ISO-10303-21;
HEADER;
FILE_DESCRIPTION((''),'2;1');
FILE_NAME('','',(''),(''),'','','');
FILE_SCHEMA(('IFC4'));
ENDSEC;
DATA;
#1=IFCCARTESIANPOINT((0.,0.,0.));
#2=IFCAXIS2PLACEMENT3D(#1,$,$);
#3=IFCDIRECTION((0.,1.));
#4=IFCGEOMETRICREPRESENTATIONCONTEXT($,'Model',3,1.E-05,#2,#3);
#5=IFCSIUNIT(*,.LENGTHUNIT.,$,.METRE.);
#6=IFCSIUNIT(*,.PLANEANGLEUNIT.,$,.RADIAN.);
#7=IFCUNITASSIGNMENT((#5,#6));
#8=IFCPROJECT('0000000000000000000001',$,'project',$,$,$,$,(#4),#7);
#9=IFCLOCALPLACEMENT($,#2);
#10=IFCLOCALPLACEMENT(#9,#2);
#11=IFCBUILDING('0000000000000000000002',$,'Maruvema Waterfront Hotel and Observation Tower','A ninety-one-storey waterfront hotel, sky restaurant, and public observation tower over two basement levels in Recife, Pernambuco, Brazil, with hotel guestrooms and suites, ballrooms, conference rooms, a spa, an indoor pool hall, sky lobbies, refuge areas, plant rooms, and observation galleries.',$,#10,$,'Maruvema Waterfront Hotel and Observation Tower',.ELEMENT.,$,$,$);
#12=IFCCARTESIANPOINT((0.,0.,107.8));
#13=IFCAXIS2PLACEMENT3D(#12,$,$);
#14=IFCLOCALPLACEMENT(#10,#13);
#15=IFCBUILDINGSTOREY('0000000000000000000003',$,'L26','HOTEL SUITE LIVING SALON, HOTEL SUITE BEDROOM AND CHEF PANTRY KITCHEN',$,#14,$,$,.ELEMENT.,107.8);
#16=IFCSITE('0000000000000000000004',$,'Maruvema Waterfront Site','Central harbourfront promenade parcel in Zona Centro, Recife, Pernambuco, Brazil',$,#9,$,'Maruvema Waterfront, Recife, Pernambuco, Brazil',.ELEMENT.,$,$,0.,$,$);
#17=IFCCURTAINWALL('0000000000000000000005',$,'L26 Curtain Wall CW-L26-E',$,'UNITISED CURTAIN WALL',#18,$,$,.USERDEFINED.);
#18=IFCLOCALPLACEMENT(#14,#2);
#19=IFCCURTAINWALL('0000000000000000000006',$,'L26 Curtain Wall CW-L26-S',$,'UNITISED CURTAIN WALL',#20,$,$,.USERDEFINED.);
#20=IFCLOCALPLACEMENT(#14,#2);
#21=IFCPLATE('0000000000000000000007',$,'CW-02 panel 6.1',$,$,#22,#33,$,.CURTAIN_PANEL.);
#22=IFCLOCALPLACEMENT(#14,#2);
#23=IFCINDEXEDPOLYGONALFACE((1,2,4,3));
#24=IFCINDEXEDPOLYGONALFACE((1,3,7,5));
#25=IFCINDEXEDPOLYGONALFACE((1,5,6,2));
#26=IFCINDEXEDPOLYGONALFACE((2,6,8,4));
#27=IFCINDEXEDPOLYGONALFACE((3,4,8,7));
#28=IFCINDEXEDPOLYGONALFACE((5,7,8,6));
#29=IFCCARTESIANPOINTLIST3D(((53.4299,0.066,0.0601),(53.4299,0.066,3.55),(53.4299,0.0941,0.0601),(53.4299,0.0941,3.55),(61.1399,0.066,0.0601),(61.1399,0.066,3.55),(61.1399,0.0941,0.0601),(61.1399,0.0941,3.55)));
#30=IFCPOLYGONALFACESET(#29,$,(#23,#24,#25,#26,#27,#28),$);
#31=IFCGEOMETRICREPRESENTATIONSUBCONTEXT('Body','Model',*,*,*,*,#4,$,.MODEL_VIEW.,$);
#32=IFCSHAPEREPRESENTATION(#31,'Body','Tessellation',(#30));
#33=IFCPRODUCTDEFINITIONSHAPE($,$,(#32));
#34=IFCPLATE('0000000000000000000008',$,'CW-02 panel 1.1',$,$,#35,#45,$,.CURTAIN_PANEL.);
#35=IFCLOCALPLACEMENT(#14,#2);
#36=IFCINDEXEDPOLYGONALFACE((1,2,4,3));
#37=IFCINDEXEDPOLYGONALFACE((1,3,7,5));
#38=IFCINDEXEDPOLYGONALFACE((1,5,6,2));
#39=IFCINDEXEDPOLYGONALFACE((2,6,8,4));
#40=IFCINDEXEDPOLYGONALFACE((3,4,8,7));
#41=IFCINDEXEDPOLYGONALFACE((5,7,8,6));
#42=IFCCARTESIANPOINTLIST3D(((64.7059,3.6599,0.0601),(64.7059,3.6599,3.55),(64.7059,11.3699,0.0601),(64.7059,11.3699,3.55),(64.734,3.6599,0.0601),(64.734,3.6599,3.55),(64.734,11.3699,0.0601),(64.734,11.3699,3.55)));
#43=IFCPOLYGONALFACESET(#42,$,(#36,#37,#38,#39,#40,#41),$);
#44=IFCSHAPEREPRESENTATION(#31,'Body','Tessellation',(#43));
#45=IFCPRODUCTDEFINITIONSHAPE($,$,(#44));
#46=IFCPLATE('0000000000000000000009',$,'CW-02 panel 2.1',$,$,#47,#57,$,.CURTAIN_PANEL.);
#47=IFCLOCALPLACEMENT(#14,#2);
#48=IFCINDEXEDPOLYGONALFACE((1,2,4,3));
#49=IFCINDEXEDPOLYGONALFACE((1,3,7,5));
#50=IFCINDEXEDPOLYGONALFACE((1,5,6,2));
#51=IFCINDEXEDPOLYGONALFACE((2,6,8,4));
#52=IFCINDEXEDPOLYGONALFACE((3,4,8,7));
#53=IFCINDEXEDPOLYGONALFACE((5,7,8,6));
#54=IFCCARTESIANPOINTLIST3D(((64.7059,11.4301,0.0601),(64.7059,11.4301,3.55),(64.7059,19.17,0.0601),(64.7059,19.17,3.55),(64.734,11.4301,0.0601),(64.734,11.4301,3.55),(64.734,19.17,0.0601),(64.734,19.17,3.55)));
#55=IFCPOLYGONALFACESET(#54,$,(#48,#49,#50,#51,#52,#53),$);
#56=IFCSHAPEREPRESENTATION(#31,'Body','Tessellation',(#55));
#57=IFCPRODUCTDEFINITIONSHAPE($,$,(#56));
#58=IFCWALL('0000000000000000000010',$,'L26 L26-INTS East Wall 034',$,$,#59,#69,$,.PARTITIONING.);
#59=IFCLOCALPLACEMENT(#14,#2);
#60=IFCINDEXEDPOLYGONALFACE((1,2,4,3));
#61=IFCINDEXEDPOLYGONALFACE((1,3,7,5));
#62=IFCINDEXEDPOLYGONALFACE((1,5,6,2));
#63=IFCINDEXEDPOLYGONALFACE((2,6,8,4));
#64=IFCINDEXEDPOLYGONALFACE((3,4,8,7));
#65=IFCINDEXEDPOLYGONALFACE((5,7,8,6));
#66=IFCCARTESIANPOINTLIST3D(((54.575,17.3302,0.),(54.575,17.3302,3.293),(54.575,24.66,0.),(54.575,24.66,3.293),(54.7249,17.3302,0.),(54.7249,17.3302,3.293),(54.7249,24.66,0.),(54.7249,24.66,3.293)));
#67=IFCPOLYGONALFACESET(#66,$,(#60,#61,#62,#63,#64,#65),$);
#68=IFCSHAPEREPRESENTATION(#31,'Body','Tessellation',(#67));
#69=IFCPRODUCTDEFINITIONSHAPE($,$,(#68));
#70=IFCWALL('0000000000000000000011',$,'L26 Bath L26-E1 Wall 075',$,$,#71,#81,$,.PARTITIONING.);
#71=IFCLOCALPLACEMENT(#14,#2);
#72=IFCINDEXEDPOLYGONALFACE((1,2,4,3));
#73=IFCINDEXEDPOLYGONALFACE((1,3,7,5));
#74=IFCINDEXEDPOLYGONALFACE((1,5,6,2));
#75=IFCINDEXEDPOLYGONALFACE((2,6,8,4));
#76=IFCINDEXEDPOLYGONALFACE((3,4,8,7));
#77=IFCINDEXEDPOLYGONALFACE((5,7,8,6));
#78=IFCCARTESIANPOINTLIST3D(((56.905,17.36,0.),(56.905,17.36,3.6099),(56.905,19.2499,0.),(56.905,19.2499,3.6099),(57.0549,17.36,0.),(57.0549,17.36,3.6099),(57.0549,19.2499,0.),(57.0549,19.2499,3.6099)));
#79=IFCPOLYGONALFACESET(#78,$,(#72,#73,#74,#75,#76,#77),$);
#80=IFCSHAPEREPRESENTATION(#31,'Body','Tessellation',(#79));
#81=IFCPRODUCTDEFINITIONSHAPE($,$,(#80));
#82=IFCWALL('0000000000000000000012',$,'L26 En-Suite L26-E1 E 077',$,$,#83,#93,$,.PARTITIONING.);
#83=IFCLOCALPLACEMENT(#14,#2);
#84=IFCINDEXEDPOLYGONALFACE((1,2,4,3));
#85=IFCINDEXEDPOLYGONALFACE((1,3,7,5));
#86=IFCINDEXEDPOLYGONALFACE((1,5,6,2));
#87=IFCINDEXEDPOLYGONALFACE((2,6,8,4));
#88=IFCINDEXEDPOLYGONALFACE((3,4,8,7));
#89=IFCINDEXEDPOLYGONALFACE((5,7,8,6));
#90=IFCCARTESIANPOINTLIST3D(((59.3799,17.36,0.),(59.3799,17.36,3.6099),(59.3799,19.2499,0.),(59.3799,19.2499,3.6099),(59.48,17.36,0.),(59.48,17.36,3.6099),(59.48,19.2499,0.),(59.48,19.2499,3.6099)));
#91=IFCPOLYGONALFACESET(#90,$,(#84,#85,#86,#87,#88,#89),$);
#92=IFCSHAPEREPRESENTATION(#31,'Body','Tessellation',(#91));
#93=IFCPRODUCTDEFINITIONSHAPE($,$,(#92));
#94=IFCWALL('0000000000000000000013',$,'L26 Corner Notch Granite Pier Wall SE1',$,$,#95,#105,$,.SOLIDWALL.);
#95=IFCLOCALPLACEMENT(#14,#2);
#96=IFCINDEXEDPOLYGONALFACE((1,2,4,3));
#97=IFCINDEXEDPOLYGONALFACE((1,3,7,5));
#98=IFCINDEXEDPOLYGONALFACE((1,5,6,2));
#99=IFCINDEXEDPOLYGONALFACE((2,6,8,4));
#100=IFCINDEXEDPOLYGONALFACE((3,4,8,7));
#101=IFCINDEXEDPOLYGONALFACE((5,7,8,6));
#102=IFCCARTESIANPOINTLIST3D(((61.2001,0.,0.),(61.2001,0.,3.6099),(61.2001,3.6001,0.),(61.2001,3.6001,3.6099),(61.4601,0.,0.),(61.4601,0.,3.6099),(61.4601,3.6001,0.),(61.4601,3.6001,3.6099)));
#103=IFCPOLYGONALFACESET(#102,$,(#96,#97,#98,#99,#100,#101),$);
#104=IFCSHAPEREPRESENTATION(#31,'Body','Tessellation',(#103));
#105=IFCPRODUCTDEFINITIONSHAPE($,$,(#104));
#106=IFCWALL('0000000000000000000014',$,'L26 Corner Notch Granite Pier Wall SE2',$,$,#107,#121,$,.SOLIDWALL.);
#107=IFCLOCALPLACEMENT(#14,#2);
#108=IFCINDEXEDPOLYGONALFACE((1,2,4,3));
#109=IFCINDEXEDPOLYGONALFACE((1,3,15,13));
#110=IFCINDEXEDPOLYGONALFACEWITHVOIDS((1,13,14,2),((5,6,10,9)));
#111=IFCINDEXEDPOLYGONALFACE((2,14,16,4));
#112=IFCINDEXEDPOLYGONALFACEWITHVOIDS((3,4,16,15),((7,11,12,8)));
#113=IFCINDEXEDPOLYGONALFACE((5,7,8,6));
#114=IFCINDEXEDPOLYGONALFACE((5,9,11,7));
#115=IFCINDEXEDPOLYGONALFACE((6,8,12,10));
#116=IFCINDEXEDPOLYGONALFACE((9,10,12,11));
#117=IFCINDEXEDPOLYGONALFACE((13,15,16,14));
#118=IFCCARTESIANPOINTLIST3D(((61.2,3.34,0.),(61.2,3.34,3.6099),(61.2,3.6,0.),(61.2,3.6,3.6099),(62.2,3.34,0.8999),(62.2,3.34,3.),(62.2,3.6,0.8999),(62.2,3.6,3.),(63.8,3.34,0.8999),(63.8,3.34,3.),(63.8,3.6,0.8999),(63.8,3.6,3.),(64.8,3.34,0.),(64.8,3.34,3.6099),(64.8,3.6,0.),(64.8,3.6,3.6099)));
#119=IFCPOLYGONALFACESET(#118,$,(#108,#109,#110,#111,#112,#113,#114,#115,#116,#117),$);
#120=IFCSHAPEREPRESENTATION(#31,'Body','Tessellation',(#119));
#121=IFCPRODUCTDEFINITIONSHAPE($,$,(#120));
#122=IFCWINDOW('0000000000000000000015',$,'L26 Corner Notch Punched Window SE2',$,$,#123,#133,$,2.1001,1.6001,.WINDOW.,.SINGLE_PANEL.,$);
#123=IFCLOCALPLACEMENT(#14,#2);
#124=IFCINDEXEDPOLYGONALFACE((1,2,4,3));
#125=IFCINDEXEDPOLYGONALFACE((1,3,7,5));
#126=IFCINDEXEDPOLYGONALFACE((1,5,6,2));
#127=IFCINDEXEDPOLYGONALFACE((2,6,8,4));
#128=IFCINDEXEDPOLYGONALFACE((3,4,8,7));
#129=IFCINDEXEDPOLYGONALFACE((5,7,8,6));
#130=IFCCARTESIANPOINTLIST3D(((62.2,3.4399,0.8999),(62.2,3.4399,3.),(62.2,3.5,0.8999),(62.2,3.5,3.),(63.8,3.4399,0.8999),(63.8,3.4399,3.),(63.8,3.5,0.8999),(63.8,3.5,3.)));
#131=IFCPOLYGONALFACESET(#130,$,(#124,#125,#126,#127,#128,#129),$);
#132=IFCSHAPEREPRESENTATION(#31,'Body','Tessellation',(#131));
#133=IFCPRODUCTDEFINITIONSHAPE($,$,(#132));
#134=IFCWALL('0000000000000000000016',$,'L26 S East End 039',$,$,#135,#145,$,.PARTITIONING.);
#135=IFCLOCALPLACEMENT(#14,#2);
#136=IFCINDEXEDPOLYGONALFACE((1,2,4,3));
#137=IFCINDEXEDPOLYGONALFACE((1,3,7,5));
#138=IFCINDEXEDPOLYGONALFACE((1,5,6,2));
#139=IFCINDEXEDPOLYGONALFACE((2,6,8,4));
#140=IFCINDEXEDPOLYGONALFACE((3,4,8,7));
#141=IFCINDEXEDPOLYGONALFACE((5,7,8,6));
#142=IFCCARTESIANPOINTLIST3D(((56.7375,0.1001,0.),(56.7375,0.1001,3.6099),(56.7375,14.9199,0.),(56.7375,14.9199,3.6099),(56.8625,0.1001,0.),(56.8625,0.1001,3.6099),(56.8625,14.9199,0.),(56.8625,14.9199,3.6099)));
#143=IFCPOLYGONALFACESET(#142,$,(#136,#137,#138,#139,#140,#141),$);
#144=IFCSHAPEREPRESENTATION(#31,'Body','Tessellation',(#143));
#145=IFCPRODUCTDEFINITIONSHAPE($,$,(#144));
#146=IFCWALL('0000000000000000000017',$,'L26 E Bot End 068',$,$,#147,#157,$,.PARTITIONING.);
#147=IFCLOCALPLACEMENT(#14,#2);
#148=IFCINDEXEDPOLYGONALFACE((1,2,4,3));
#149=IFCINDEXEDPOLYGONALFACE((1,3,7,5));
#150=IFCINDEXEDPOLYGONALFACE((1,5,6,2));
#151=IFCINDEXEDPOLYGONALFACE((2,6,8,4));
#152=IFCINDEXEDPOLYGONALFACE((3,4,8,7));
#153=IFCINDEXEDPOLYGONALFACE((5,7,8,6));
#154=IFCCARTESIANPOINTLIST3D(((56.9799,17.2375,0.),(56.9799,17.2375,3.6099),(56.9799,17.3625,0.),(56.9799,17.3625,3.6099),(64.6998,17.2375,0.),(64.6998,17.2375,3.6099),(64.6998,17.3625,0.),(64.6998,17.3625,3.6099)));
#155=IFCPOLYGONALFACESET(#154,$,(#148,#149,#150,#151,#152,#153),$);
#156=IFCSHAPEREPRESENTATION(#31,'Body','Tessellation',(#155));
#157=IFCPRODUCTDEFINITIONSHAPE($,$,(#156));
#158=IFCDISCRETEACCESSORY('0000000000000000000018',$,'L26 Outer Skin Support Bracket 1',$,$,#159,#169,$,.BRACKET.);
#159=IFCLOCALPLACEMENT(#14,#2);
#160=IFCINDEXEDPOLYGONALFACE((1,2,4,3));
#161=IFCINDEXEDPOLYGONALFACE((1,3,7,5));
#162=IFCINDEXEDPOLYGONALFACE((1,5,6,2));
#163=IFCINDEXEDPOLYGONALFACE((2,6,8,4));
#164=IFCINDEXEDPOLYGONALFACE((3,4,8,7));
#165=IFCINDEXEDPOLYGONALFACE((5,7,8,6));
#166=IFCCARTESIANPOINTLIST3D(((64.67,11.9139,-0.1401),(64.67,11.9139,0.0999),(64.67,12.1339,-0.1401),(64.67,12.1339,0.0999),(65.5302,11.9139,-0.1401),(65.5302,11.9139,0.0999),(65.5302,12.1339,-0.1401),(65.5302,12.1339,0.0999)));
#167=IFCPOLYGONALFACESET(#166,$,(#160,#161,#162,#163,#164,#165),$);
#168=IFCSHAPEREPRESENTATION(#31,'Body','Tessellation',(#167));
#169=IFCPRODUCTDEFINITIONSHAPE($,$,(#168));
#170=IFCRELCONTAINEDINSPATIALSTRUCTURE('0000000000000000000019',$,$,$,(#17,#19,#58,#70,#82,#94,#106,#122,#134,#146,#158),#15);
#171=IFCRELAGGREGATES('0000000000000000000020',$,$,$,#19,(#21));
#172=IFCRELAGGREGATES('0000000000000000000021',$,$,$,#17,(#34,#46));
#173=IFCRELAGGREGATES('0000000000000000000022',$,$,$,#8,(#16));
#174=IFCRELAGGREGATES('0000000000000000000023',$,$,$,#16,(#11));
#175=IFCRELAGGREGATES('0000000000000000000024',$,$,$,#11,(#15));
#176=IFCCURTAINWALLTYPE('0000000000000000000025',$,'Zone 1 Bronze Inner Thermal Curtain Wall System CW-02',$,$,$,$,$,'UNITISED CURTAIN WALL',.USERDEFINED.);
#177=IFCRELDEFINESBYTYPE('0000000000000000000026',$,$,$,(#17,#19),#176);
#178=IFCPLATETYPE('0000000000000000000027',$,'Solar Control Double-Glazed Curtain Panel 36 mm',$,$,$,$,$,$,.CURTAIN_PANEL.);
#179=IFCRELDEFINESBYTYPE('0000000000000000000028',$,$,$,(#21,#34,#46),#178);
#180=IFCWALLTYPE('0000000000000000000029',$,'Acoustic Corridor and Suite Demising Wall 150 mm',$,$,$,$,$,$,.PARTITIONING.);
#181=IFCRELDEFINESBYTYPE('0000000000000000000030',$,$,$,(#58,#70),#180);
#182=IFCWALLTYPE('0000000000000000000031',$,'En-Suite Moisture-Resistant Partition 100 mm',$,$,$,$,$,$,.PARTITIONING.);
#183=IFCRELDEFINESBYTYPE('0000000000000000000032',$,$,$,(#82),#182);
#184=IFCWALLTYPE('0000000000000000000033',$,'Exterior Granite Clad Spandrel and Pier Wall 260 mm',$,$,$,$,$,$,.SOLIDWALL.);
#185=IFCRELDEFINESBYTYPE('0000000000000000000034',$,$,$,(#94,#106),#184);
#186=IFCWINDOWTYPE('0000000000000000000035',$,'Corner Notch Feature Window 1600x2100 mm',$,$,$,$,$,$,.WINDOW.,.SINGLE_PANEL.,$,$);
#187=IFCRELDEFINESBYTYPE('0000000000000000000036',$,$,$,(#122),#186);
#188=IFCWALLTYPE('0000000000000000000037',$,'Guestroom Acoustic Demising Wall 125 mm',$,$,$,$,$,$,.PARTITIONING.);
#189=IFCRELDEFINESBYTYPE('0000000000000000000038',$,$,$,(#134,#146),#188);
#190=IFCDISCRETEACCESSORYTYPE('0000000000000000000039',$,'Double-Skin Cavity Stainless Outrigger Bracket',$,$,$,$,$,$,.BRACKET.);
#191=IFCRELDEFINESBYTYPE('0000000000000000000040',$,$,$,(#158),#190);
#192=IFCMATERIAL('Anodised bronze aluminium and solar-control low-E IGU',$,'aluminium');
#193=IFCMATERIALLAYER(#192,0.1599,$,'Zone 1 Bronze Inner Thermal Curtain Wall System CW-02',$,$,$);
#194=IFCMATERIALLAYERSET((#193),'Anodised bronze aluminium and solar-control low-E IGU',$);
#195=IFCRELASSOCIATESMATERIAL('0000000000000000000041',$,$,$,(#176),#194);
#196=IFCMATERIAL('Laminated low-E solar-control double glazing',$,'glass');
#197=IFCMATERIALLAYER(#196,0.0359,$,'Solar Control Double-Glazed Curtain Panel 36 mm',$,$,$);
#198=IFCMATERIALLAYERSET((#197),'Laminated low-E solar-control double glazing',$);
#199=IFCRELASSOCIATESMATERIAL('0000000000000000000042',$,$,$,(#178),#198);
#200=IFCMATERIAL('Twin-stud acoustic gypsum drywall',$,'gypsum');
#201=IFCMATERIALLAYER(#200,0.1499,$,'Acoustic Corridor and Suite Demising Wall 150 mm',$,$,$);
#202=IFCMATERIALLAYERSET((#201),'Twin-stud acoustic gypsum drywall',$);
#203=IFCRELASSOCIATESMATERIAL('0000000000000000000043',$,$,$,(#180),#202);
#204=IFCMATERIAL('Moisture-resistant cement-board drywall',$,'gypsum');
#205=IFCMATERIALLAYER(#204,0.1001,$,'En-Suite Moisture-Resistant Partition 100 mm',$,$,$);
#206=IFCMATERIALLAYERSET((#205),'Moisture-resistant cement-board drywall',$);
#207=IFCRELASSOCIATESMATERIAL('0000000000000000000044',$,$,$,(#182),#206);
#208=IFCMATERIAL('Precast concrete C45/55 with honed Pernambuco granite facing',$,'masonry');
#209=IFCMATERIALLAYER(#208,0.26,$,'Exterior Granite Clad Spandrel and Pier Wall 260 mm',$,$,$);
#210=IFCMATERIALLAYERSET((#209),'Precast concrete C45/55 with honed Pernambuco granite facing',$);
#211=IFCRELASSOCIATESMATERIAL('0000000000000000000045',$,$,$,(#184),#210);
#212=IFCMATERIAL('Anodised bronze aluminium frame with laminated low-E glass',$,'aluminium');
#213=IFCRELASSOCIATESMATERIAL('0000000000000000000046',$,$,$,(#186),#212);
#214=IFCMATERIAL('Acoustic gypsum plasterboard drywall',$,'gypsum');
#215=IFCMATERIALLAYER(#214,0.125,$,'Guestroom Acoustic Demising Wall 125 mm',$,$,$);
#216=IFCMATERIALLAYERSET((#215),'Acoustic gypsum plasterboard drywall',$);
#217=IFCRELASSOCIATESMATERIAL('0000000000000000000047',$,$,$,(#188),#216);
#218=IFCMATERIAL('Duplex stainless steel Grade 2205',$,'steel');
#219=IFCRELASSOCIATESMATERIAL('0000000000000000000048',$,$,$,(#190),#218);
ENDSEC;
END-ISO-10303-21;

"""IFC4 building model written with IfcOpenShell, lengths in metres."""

from ifc_helpers import new_model, si_unit, direction, frame, frame_2d, origin, origin_2d, place, context, subcontext, project, spatial, rectangle, extrude, material, layer, layer_set, type_object, element, fill, aggregate, save


model = new_model("IFC4")

# Units and contexts
model_context = context("Model", 3, precision=1e-05, world=origin(), true_north=direction((0.0, 1.0)))
body_context = subcontext(model_context, "Body", "Model", "MODEL_VIEW")
ifc_project = project(units=[si_unit("LENGTHUNIT", "METRE"), si_unit("PLANEANGLEUNIT", "RADIAN")], contexts=[model_context])

# Site, building, storey
site_placement = place(None, origin())
site = spatial("IfcSite", under=ifc_project, at=site_placement, Name="Maruvema Waterfront Site", Description="Central harbourfront promenade parcel in Zona Centro, Recife, Pernambuco, Brazil", LongName="Maruvema Waterfront, Recife, Pernambuco, Brazil", CompositionType="ELEMENT", RefElevation=0.0)
building_placement = place(site_placement, origin())
building = spatial("IfcBuilding", under=site, at=building_placement, Name="Maruvema Waterfront Hotel and Observation Tower", Description="A ninety-one-storey waterfront hotel, sky restaurant, and public observation tower over two basement levels in Recife, Pernambuco, Brazil, with hotel guestrooms and suites, ballrooms, conference rooms, a spa, an indoor pool hall, sky lobbies, refuge areas, plant rooms, and observation galleries.", LongName="Maruvema Waterfront Hotel and Observation Tower", CompositionType="ELEMENT")
storey_placement = place(building_placement, frame((0.0, 0.0, 107.8)))
storey = spatial("IfcBuildingStorey", under=building, at=storey_placement, Name="L26", Description="HOTEL SUITE LIVING SALON, HOTEL SUITE BEDROOM AND CHEF PANTRY KITCHEN", CompositionType="ELEMENT", Elevation=107.8)

# Curtain wall
ifc_material_1 = material(Name="Anodised bronze aluminium and solar-control low-E IGU", Category="aluminium")
ifc_layer_1 = layer(ifc_material_1, 0.1599, Name="Zone 1 Bronze Inner Thermal Curtain Wall System CW-02")
ifc_layer_set_1 = layer_set([ifc_layer_1], Name="Anodised bronze aluminium and solar-control low-E IGU")
curtain_wall_type = type_object("IfcCurtainWallType", Name="Zone 1 Bronze Inner Thermal Curtain Wall System CW-02", ElementType="UNITISED CURTAIN WALL", PredefinedType="USERDEFINED", material=ifc_layer_set_1)
curtain_wall_1_placement = place(storey_placement, origin())
curtain_wall_1 = element("IfcCurtainWall", 1, at=curtain_wall_1_placement, inside=storey, type_object=curtain_wall_type, Name="L26 Curtain Wall CW-L26-E", ObjectType="UNITISED CURTAIN WALL", PredefinedType="USERDEFINED")

# Curtain wall
curtain_wall_2_placement = place(storey_placement, origin())
curtain_wall_2 = element("IfcCurtainWall", 2, at=curtain_wall_2_placement, inside=storey, type_object=curtain_wall_type, Name="L26 Curtain Wall CW-L26-S", ObjectType="UNITISED CURTAIN WALL", PredefinedType="USERDEFINED")

# Plates
ifc_material_2 = material(Name="Laminated low-E solar-control double glazing", Category="glass")
ifc_layer_2 = layer(ifc_material_2, 0.0359, Name="Solar Control Double-Glazed Curtain Panel 36 mm")
ifc_layer_set_2 = layer_set([ifc_layer_2], Name="Laminated low-E solar-control double glazing")
plate_type = type_object("IfcPlateType", Name="Solar Control Double-Glazed Curtain Panel 36 mm", PredefinedType="CURTAIN_PANEL", material=ifc_layer_set_2)
plate_1_placement = place(storey_placement, frame((57.2849, 0.0801, 0.0601), z_axis=(0.0, 0.0, 1.0), x_axis=(1.0, 0.0, 0.0)))
plate_1 = element("IfcPlate", 3, at=plate_1_placement, type_object=plate_type, Name="CW-02 panel 6.1", PredefinedType="CURTAIN_PANEL", context=body_context, shape_type="SweptSolid", body=[
    extrude(rectangle(XDim=7.71, YDim=0.0281, at=origin_2d()), origin(), (0.0, 0.0, 1.0), 3.49),
])
aggregate(curtain_wall_2, [plate_1])
plate_2_placement = place(storey_placement, frame((64.72, 7.5149, 0.0601), z_axis=(0.0, 0.0, 1.0), x_axis=(0.0, 1.0, 0.0)))
plate_2 = element("IfcPlate", 4, at=plate_2_placement, type_object=plate_type, Name="CW-02 panel 1.1", PredefinedType="CURTAIN_PANEL", context=body_context, shape_type="SweptSolid", body=[
    extrude(rectangle(XDim=7.71, YDim=0.0281, at=origin_2d()), origin(), (0.0, 0.0, 1.0), 3.49),
])
plate_3_placement = place(storey_placement, frame((64.72, 15.3, 0.0601), z_axis=(0.0, 0.0, 1.0), x_axis=(0.0, 1.0, 0.0)))
plate_3 = element("IfcPlate", 5, at=plate_3_placement, type_object=plate_type, Name="CW-02 panel 2.1", PredefinedType="CURTAIN_PANEL", context=body_context, shape_type="SweptSolid", body=[
    extrude(rectangle(XDim=7.74, YDim=0.0281, at=origin_2d()), origin(), (0.0, 0.0, 1.0), 3.49),
])
aggregate(curtain_wall_1, [plate_2, plate_3])

# Walls
ifc_material_3 = material(Name="Twin-stud acoustic gypsum drywall", Category="gypsum")
ifc_layer_3 = layer(ifc_material_3, 0.1499, Name="Acoustic Corridor and Suite Demising Wall 150 mm")
ifc_layer_set_3 = layer_set([ifc_layer_3], Name="Twin-stud acoustic gypsum drywall")
wall_type_1 = type_object("IfcWallType", Name="Acoustic Corridor and Suite Demising Wall 150 mm", PredefinedType="PARTITIONING", material=ifc_layer_set_3)
wall_1_placement = place(storey_placement, frame((54.6499, 17.3301, 0.0), z_axis=(0.0, 0.0, 1.0), x_axis=(0.0, 1.0, 0.0)))
element("IfcWall", 6, at=wall_1_placement, inside=storey, type_object=wall_type_1, Name="L26 L26-INTS East Wall 034", PredefinedType="PARTITIONING", context=body_context, shape_type="SweptSolid", body=[
    extrude(rectangle(XDim=7.3298, YDim=0.1499, at=frame_2d((3.665, 0.0))), origin(), (0.0, 0.0, 1.0), 3.293),
])
wall_2_placement = place(storey_placement, frame((56.98, 17.3601, 0.0), z_axis=(0.0, 0.0, 1.0), x_axis=(0.0, 1.0, 0.0)))
element("IfcWall", 7, at=wall_2_placement, inside=storey, type_object=wall_type_1, Name="L26 Bath L26-E1 Wall 075", PredefinedType="PARTITIONING", context=body_context, shape_type="SweptSolid", body=[
    extrude(rectangle(XDim=1.8899, YDim=0.1499, at=frame_2d((0.9448, 0.0))), origin(), (0.0, 0.0, 1.0), 3.6099),
])
ifc_material_4 = material(Name="Moisture-resistant cement-board drywall", Category="gypsum")
ifc_layer_4 = layer(ifc_material_4, 0.1001, Name="En-Suite Moisture-Resistant Partition 100 mm")
ifc_layer_set_4 = layer_set([ifc_layer_4], Name="Moisture-resistant cement-board drywall")
wall_type_2 = type_object("IfcWallType", Name="En-Suite Moisture-Resistant Partition 100 mm", PredefinedType="PARTITIONING", material=ifc_layer_set_4)
wall_3_placement = place(storey_placement, frame((59.4299, 17.3601, 0.0), z_axis=(0.0, 0.0, 1.0), x_axis=(0.0, 1.0, 0.0)))
element("IfcWall", 8, at=wall_3_placement, inside=storey, type_object=wall_type_2, Name="L26 En-Suite L26-E1 E 077", PredefinedType="PARTITIONING", context=body_context, shape_type="SweptSolid", body=[
    extrude(rectangle(XDim=1.8899, YDim=0.1001, at=frame_2d((0.9448, 0.0))), origin(), (0.0, 0.0, 1.0), 3.6099),
])
ifc_material_5 = material(Name="Precast concrete C45/55 with honed Pernambuco granite facing", Category="masonry")
ifc_layer_5 = layer(ifc_material_5, 0.26, Name="Exterior Granite Clad Spandrel and Pier Wall 260 mm")
ifc_layer_set_5 = layer_set([ifc_layer_5], Name="Precast concrete C45/55 with honed Pernambuco granite facing")
wall_type_3 = type_object("IfcWallType", Name="Exterior Granite Clad Spandrel and Pier Wall 260 mm", PredefinedType="SOLIDWALL", material=ifc_layer_set_5)
wall_4_placement = place(storey_placement, frame((61.3301, 3.6001, 0.0), z_axis=(0.0, 0.0, 1.0), x_axis=(0.0, -1.0, 0.0)))
element("IfcWall", 9, at=wall_4_placement, inside=storey, type_object=wall_type_3, Name="L26 Corner Notch Granite Pier Wall SE1", PredefinedType="SOLIDWALL", context=body_context, shape_type="SweptSolid", body=[
    extrude(rectangle(XDim=3.6001, YDim=0.26, at=frame_2d((1.8, 0.0))), origin(), (0.0, 0.0, 1.0), 3.6099),
])

# Wall, opening, window
wall_5_placement = place(storey_placement, frame((64.8, 3.47, 0.0), z_axis=(0.0, 0.0, 1.0), x_axis=(-1.0, 0.0, 0.0)))
wall_5 = element("IfcWall", 10, at=wall_5_placement, inside=storey, type_object=wall_type_3, Name="L26 Corner Notch Granite Pier Wall SE2", PredefinedType="SOLIDWALL", context=body_context, shape_type="SweptSolid", body=[
    extrude(rectangle(XDim=3.6001, YDim=0.26, at=frame_2d((1.8, 0.0))), origin(), (0.0, 0.0, 1.0), 3.6099),
])
opening_placement = place(wall_5_placement, frame((1.0, 0.0, 0.8999)))
opening = element("IfcOpeningElement", 11, at=opening_placement, cuts=wall_5, PredefinedType="OPENING", context=body_context, shape_type="SweptSolid", body=[
    extrude(rectangle(XDim=1.6001, YDim=2.1001, at=frame_2d((0.8, 1.05))), frame((0.0, 0.1401, 0.0), z_axis=(0.0, -1.0, 0.0), x_axis=(1.0, 0.0, 0.0)), (0.0, 0.0, 1.0), 0.28),
])
ifc_material_6 = material(Name="Anodised bronze aluminium frame with laminated low-E glass", Category="aluminium")
window_type = type_object("IfcWindowType", Name="Corner Notch Feature Window 1600x2100 mm", PartitioningType="SINGLE_PANEL", PredefinedType="WINDOW", material=ifc_material_6)
window_placement = place(opening_placement, origin())
window = element("IfcWindow", 12, at=window_placement, inside=storey, type_object=window_type, Name="L26 Corner Notch Punched Window SE2", OverallHeight=2.1001, OverallWidth=1.6001, PartitioningType="SINGLE_PANEL", PredefinedType="WINDOW", context=body_context, shape_type="SweptSolid", body=[
    extrude(rectangle(XDim=1.6001, YDim=2.1001, at=frame_2d((0.8, 1.05))), frame((0.0, 0.03, 0.0), z_axis=(0.0, -1.0, 0.0), x_axis=(1.0, 0.0, 0.0)), (0.0, 0.0, 1.0), 0.0601),
])
fill(opening, window)

# Walls
ifc_material_7 = material(Name="Acoustic gypsum plasterboard drywall", Category="gypsum")
ifc_layer_6 = layer(ifc_material_7, 0.125, Name="Guestroom Acoustic Demising Wall 125 mm")
ifc_layer_set_6 = layer_set([ifc_layer_6], Name="Acoustic gypsum plasterboard drywall")
wall_type_4 = type_object("IfcWallType", Name="Guestroom Acoustic Demising Wall 125 mm", PredefinedType="PARTITIONING", material=ifc_layer_set_6)
wall_6_placement = place(storey_placement, frame((56.8, 0.1001, 0.0), z_axis=(0.0, 0.0, 1.0), x_axis=(0.0, 1.0, 0.0)))
element("IfcWall", 13, at=wall_6_placement, inside=storey, type_object=wall_type_4, Name="L26 S East End 039", PredefinedType="PARTITIONING", context=body_context, shape_type="SweptSolid", body=[
    extrude(rectangle(XDim=14.8198, YDim=0.125, at=frame_2d((7.4099, 0.0))), origin(), (0.0, 0.0, 1.0), 3.6099),
])
wall_7_placement = place(storey_placement, frame((56.98, 17.3, 0.0), z_axis=(0.0, 0.0, 1.0), x_axis=(1.0, 0.0, 0.0)))
element("IfcWall", 14, at=wall_7_placement, inside=storey, type_object=wall_type_4, Name="L26 E Bot End 068", PredefinedType="PARTITIONING", context=body_context, shape_type="SweptSolid", body=[
    extrude(rectangle(XDim=7.72, YDim=0.125, at=frame_2d((3.8599, 0.0))), origin(), (0.0, 0.0, 1.0), 3.6099),
])

# Discrete accessory
ifc_material_8 = material(Name="Duplex stainless steel Grade 2205", Category="steel")
discrete_accessory_type = type_object("IfcDiscreteAccessoryType", Name="Double-Skin Cavity Stainless Outrigger Bracket", PredefinedType="BRACKET", material=ifc_material_8)
discrete_accessory_placement = place(storey_placement, frame((65.1001, 12.0239, -0.1401), z_axis=(0.0, 0.0, 1.0), x_axis=(0.0, 1.0, 0.0)))
element("IfcDiscreteAccessory", 15, at=discrete_accessory_placement, inside=storey, type_object=discrete_accessory_type, Name="L26 Outer Skin Support Bracket 1", PredefinedType="BRACKET", context=body_context, shape_type="SweptSolid", body=[
    extrude(rectangle(XDim=0.22, YDim=0.8601, at=origin_2d()), origin(), (0.0, 0.0, 1.0), 0.24),
])

save(model, "model.ifc")
